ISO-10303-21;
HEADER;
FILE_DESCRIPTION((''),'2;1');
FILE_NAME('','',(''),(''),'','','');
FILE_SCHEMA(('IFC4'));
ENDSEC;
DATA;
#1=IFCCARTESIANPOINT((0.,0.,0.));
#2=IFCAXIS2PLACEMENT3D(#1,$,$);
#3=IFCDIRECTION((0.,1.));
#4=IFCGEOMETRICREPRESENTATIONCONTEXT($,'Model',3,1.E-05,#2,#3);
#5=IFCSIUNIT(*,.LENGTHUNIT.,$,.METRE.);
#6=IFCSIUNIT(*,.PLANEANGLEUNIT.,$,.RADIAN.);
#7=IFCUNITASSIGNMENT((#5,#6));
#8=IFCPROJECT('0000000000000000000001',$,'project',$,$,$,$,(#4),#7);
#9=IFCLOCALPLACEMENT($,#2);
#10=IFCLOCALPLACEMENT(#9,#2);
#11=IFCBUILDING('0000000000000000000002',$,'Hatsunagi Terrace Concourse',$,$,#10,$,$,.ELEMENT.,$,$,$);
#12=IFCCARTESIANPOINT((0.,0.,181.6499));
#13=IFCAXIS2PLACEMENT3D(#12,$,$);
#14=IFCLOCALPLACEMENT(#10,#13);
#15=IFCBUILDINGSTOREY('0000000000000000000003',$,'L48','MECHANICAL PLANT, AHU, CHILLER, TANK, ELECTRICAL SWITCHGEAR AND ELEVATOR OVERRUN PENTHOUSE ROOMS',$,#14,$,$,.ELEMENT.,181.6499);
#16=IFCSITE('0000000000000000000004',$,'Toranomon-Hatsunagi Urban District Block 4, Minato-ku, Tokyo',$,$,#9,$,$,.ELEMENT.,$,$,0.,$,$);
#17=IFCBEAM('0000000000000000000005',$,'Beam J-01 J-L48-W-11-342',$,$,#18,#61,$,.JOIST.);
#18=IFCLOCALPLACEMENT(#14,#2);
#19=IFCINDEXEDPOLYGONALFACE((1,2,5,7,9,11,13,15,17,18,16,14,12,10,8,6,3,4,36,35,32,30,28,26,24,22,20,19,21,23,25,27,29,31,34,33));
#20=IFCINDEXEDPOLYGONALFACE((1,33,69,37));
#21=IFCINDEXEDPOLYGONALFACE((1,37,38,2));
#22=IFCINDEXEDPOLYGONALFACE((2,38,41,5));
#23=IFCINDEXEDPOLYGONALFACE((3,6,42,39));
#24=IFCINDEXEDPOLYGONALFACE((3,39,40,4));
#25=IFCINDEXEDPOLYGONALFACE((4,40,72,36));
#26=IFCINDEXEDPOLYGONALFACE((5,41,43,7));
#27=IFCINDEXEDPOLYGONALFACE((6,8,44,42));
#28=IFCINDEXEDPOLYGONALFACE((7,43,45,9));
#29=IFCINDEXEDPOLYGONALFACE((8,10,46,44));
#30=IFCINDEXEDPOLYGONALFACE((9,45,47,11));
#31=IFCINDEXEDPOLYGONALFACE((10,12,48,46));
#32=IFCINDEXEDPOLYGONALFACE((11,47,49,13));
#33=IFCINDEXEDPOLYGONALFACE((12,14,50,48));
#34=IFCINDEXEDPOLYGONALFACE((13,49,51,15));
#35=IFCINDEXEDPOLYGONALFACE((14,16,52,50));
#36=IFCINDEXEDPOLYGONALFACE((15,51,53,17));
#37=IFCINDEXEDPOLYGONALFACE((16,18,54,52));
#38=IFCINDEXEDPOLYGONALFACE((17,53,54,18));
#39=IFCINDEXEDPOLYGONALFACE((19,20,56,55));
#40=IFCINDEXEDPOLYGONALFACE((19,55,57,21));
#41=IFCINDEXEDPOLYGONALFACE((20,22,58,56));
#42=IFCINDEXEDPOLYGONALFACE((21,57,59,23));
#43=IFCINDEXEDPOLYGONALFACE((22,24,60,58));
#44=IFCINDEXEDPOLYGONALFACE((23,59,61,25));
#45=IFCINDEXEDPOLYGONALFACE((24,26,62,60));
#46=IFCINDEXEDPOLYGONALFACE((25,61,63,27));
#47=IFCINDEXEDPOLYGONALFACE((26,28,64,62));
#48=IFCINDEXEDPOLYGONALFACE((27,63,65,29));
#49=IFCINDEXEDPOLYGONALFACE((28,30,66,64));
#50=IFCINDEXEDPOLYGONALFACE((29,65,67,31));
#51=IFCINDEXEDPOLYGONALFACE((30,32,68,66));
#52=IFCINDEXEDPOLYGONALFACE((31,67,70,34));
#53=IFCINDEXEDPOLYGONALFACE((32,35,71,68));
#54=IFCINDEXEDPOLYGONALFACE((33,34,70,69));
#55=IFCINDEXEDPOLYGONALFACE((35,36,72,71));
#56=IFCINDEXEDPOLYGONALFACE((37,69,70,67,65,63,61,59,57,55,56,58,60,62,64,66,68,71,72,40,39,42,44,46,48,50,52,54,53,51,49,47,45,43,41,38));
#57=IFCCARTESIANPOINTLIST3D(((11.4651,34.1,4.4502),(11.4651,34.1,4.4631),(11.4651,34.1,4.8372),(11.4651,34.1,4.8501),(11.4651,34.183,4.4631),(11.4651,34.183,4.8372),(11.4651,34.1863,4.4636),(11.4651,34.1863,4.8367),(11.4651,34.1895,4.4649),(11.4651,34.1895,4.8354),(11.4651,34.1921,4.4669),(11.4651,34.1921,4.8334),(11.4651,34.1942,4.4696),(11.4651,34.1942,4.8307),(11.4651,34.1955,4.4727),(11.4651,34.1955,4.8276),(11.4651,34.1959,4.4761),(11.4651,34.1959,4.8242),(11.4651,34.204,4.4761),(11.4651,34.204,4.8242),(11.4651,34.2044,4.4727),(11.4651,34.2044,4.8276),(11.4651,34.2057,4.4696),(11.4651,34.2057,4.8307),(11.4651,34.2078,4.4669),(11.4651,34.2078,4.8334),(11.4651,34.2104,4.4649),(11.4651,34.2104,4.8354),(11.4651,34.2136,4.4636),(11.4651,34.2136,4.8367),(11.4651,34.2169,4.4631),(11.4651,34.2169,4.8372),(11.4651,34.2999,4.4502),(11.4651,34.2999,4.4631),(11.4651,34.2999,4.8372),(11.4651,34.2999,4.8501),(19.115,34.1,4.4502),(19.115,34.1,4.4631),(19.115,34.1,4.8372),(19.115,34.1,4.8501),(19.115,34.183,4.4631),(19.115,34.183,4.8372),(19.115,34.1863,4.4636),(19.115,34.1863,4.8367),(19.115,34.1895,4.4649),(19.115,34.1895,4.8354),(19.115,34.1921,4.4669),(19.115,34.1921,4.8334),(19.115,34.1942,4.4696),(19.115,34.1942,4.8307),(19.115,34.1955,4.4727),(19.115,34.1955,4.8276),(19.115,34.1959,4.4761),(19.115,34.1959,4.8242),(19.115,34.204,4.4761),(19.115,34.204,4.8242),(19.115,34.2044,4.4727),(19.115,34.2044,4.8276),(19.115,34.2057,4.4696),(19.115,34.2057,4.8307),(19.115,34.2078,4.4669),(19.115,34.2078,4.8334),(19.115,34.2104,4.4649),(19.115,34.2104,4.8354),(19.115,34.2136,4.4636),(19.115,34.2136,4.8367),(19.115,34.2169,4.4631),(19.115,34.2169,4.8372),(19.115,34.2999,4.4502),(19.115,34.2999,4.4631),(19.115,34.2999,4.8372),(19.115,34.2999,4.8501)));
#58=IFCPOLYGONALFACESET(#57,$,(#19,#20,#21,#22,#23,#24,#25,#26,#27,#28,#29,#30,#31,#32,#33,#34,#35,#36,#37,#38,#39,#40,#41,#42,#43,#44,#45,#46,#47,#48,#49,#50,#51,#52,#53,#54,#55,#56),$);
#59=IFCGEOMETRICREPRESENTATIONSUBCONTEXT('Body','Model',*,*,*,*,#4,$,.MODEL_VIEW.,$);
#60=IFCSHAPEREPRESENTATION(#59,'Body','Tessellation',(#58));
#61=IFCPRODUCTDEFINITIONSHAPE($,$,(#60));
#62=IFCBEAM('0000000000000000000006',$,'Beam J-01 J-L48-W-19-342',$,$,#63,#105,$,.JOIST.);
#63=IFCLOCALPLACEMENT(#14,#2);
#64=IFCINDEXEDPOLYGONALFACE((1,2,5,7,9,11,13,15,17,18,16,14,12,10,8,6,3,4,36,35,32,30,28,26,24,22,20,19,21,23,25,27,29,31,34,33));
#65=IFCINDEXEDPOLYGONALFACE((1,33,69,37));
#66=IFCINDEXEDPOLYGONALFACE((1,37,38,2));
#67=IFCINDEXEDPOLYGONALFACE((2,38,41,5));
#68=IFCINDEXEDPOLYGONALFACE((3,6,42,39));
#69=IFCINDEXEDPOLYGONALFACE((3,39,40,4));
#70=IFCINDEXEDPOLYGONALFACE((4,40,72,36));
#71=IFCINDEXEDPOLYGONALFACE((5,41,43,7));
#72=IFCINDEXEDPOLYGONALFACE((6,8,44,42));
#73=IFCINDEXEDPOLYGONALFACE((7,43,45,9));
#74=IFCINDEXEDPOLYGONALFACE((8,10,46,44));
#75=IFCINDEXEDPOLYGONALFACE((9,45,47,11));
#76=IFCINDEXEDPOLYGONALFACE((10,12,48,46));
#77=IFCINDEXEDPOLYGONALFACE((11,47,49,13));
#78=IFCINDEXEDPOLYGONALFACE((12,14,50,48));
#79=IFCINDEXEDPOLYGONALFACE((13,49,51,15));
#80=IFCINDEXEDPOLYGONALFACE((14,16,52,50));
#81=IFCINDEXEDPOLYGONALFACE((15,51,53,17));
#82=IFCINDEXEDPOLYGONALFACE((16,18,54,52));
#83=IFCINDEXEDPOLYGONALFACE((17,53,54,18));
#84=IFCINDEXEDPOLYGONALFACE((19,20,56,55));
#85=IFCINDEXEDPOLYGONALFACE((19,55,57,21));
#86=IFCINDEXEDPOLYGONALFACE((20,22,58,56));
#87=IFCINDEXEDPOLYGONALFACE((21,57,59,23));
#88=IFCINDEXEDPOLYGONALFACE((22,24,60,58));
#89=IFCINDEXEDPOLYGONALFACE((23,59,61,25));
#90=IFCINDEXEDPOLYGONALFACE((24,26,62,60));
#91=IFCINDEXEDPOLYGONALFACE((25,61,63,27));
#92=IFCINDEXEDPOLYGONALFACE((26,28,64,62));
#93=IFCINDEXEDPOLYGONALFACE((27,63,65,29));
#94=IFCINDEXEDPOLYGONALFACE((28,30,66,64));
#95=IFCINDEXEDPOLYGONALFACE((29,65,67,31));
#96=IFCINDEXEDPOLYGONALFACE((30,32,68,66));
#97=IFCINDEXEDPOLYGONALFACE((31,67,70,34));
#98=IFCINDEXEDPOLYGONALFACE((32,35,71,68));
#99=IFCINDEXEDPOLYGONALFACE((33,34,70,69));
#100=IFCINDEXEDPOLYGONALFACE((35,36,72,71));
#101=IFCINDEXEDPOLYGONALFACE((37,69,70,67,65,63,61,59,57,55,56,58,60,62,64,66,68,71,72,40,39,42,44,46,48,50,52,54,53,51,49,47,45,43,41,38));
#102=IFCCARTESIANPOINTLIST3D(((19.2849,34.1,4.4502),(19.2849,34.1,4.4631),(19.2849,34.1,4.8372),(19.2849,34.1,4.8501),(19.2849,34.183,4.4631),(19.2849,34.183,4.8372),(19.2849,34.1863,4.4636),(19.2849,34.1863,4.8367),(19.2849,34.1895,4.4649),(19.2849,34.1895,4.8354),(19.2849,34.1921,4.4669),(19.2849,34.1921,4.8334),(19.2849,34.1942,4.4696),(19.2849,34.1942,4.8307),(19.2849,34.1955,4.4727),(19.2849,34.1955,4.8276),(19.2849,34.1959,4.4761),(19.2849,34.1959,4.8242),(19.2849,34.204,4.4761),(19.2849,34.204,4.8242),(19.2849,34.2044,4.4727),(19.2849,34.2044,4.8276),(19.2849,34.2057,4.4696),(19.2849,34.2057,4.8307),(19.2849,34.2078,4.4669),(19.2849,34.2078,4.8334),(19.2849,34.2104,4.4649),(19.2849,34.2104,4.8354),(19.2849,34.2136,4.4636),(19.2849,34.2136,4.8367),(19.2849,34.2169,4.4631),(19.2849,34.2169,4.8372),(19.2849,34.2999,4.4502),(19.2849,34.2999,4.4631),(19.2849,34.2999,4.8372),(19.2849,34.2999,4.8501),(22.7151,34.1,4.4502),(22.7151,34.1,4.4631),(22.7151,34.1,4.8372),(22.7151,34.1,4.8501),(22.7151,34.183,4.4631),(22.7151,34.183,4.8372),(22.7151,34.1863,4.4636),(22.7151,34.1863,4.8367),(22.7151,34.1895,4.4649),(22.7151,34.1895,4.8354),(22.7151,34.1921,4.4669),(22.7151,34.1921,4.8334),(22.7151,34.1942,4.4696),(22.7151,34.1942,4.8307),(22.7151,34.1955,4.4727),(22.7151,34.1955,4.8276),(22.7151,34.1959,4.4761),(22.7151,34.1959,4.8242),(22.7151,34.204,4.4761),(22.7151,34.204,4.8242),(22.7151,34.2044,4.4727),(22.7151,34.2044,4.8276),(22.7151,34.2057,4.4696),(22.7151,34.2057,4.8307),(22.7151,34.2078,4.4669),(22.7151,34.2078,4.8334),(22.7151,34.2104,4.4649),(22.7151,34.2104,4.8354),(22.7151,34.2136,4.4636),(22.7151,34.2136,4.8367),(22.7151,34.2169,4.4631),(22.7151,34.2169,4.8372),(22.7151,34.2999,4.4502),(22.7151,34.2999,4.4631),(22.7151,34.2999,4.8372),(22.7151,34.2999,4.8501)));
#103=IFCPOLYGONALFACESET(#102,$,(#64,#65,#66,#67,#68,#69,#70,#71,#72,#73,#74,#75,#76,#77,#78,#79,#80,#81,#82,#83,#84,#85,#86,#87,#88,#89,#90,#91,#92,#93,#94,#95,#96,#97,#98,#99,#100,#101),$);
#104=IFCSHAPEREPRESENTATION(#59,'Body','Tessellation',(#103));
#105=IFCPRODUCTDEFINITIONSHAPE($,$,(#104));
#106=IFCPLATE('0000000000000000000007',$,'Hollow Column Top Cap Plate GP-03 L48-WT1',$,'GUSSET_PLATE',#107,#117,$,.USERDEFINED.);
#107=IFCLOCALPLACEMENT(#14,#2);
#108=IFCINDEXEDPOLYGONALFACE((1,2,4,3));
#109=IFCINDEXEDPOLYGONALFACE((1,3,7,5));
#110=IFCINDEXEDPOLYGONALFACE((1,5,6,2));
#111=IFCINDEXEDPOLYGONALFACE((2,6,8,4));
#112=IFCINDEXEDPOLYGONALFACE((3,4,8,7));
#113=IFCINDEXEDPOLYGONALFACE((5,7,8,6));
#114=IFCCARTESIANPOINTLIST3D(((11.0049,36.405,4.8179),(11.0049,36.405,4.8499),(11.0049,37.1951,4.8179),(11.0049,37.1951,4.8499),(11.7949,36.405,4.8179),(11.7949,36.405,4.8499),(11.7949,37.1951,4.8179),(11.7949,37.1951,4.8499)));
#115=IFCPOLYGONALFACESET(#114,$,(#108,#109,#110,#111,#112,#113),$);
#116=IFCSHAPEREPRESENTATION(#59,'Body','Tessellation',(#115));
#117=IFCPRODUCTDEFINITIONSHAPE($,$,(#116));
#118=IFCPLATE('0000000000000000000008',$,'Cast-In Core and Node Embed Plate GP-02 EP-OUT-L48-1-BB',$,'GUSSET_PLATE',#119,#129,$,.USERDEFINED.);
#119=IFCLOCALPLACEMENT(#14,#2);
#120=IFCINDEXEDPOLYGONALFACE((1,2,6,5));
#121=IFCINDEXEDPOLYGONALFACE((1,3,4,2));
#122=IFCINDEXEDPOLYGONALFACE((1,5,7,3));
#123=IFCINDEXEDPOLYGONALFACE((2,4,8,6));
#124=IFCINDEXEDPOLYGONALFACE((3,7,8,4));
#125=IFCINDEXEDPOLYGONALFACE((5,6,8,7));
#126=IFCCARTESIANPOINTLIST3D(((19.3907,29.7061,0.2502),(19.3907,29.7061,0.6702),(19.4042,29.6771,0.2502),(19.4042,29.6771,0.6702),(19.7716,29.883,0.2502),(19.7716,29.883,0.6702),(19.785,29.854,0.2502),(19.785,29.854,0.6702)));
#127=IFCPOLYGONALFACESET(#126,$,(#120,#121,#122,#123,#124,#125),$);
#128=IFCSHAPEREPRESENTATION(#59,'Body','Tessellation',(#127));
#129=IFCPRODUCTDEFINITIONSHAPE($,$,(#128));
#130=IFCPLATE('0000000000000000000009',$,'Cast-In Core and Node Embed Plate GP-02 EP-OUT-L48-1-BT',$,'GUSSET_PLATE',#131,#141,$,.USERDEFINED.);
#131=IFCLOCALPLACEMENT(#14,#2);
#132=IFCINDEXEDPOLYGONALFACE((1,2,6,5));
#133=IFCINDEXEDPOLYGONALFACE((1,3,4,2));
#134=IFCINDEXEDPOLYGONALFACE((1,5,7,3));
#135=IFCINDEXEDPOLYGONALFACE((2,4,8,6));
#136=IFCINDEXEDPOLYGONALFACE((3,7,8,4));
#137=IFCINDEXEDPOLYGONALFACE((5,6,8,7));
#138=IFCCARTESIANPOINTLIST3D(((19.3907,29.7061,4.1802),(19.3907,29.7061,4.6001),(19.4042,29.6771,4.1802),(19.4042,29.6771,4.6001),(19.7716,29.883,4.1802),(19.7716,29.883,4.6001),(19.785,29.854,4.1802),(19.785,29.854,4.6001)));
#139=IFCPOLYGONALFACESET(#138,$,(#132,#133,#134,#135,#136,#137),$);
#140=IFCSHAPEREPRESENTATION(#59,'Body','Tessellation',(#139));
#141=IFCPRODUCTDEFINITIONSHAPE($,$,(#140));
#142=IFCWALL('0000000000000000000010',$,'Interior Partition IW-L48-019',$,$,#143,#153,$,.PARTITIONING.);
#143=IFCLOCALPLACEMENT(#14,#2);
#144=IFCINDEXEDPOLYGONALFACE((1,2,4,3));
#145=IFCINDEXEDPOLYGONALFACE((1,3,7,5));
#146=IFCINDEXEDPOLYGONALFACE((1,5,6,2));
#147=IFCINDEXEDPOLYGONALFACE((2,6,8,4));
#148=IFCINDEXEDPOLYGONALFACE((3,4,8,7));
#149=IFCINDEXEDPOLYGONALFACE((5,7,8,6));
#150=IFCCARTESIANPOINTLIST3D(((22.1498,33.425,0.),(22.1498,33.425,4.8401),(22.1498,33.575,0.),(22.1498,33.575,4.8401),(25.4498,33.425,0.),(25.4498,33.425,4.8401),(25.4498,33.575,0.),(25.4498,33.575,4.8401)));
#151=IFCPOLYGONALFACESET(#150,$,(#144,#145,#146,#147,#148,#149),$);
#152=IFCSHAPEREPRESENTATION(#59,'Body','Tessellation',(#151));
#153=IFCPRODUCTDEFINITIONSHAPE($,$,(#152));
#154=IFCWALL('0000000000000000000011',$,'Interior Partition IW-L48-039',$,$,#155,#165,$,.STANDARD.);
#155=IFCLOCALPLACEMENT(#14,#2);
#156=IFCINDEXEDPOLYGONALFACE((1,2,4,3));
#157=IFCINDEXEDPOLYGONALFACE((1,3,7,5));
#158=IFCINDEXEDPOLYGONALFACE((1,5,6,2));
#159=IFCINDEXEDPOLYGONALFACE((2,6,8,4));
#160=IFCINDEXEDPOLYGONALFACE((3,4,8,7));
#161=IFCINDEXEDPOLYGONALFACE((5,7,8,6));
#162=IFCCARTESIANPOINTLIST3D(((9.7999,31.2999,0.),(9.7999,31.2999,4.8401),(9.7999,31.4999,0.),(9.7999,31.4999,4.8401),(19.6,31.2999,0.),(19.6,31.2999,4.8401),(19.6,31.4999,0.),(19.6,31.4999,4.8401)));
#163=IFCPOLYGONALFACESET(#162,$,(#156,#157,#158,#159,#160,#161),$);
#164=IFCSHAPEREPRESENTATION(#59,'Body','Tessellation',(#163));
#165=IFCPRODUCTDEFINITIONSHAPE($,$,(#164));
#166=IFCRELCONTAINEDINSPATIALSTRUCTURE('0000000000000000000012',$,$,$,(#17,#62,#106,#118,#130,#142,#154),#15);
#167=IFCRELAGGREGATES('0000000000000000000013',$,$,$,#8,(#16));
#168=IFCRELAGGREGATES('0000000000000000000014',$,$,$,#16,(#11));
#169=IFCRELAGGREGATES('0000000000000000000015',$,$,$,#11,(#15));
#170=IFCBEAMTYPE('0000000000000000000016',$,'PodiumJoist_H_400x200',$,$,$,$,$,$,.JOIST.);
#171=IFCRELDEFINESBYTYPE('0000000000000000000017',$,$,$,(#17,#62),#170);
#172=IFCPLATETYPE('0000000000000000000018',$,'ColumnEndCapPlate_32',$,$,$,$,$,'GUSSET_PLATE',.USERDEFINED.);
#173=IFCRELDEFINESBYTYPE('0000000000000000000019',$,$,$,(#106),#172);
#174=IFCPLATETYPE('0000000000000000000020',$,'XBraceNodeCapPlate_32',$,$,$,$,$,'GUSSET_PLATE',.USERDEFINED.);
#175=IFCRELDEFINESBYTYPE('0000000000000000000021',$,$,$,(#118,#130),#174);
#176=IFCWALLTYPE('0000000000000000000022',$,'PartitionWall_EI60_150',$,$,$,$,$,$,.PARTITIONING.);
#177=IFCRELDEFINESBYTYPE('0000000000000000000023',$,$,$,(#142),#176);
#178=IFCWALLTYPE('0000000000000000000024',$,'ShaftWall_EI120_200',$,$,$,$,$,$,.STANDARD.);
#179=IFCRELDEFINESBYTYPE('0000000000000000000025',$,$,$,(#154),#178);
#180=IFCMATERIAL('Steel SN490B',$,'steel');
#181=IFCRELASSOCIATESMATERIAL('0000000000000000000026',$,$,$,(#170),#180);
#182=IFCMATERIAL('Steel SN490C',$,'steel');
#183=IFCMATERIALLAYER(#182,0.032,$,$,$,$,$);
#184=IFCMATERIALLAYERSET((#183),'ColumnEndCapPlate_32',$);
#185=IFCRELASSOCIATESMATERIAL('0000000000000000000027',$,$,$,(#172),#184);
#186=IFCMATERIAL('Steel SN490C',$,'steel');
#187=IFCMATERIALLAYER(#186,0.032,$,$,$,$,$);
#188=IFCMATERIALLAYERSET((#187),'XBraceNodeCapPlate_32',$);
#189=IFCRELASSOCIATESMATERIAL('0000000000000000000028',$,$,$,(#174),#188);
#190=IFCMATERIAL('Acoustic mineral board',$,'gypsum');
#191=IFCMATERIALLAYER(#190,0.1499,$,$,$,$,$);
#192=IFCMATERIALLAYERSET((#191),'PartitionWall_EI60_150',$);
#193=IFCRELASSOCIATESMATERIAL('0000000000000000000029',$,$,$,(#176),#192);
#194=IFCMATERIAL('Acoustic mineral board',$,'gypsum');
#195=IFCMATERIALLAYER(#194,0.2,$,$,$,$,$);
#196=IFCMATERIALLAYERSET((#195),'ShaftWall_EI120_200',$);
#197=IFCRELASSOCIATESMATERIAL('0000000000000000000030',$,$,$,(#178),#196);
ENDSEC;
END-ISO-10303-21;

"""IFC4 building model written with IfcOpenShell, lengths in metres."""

from ifc_helpers import new_model, si_unit, direction, frame, frame_2d, origin, origin_2d, place, context, subcontext, project, spatial, rectangle, i_section, extrude, material, layer, layer_set, material_profile, profile_set, type_object, element, save


model = new_model("IFC4")

# Units and contexts
model_context = context("Model", 3, precision=1e-05, world=origin(), true_north=direction((0.0, 1.0)))
body_context = subcontext(model_context, "Body", "Model", "MODEL_VIEW")
ifc_project = project(units=[si_unit("LENGTHUNIT", "METRE"), si_unit("PLANEANGLEUNIT", "RADIAN")], contexts=[model_context])

# Site, building, storey
site_placement = place(None, origin())
site = spatial("IfcSite", under=ifc_project, at=site_placement, Name="Toranomon-Hatsunagi Urban District Block 4, Minato-ku, Tokyo", CompositionType="ELEMENT", RefElevation=0.0)
building_placement = place(site_placement, origin())
building = spatial("IfcBuilding", under=site, at=building_placement, Name="Hatsunagi Terrace Concourse", CompositionType="ELEMENT")
storey_placement = place(building_placement, frame((0.0, 0.0, 181.6499)))
storey = spatial("IfcBuildingStorey", under=building, at=storey_placement, Name="L48", Description="MECHANICAL PLANT, AHU, CHILLER, TANK, ELECTRICAL SWITCHGEAR AND ELEVATOR OVERRUN PENTHOUSE ROOMS", CompositionType="ELEMENT", Elevation=181.6499)

# Beams
ifc_material_1 = material(Name="Steel SN490B", Category="steel")
ifc_material_profile_1 = material_profile(ifc_material_1, i_section(OverallWidth=0.2, OverallDepth=0.3999, WebThickness=0.0081, FlangeThickness=0.0129, FilletRadius=0.0129, at=origin_2d()), Name="H-400x200x8x13")
ifc_profile_set_1 = profile_set([ifc_material_profile_1], Name="Steel SN490B")
beam_type_1 = type_object("IfcBeamType", Name="PodiumJoist_H_400x200", PredefinedType="JOIST", material=ifc_profile_set_1)
beam_1_placement = place(storey_placement, frame((11.4651, 34.2, 4.6501), z_axis=(1.0, 0.0, 0.0), x_axis=(0.0, 1.0, 0.0)))
element("IfcBeam", 1, at=beam_1_placement, inside=storey, type_object=beam_type_1, Name="Beam J-01 J-L48-W-11-342", PredefinedType="JOIST", context=body_context, shape_type="SweptSolid", body=[
    extrude(i_section(OverallWidth=0.2, OverallDepth=0.3999, WebThickness=0.0081, FlangeThickness=0.0129, FilletRadius=0.0129, at=origin_2d()), origin(), (0.0, 0.0, 1.0), 7.6499),
])
beam_2_placement = place(storey_placement, frame((19.2849, 34.2, 4.6501), z_axis=(1.0, 0.0, 0.0), x_axis=(0.0, 1.0, 0.0)))
element("IfcBeam", 2, at=beam_2_placement, inside=storey, type_object=beam_type_1, Name="Beam J-01 J-L48-W-19-342", PredefinedType="JOIST", context=body_context, shape_type="SweptSolid", body=[
    extrude(i_section(OverallWidth=0.2, OverallDepth=0.3999, WebThickness=0.0081, FlangeThickness=0.0129, FilletRadius=0.0129, at=origin_2d()), origin(), (0.0, 0.0, 1.0), 3.4302),
])

# Plates
ifc_material_2 = material(Name="Steel SN490C", Category="steel")
ifc_layer_1 = layer(ifc_material_2, 0.032)
ifc_layer_set_1 = layer_set([ifc_layer_1], Name="ColumnEndCapPlate_32")
plate_type_1 = type_object("IfcPlateType", Name="ColumnEndCapPlate_32", ElementType="GUSSET_PLATE", PredefinedType="USERDEFINED", material=ifc_layer_set_1)
plate_placement = place(storey_placement, frame((11.3999, 36.8, 4.8179), z_axis=(0.0, 0.0, 1.0), x_axis=(1.0, 0.0, 0.0)))
element("IfcPlate", 3, at=plate_placement, inside=storey, type_object=plate_type_1, Name="Hollow Column Top Cap Plate GP-03 L48-WT1", ObjectType="GUSSET_PLATE", PredefinedType="USERDEFINED", context=body_context, shape_type="SweptSolid", body=[
    extrude(rectangle(XDim=0.79, YDim=0.79, at=origin_2d()), origin(), (0.0, 0.0, 1.0), 0.032),
])
ifc_material_3 = material(Name="Steel SN490C", Category="steel")
ifc_layer_2 = layer(ifc_material_3, 0.032)
ifc_layer_set_2 = layer_set([ifc_layer_2], Name="XBraceNodeCapPlate_32")
plate_type_2 = type_object("IfcPlateType", Name="XBraceNodeCapPlate_32", ElementType="GUSSET_PLATE", PredefinedType="USERDEFINED", material=ifc_layer_set_2)
for number, where, z_axis, x_axis, name in (
    (4, (19.5879, 29.78, 0.2502), (0.0, 0.0, 1.0), (-0.906912, -0.421321, 0.0), "Cast-In Core and Node Embed Plate GP-02 EP-OUT-L48-1-BB"),
    (5, (19.5879, 29.78, 4.1802), (0.0, 0.0, 1.0), (-0.906912, -0.421321, 0.0), "Cast-In Core and Node Embed Plate GP-02 EP-OUT-L48-1-BT"),
):
    element("IfcPlate", number, at=place(storey_placement, frame(where, z_axis=z_axis, x_axis=x_axis)), inside=storey, type_object=plate_type_2, Name=name, ObjectType="GUSSET_PLATE", PredefinedType="USERDEFINED", context=body_context, shape_type="SweptSolid", body=[
        extrude(rectangle(XDim=0.4199, YDim=0.032, at=origin_2d()), origin(), (0.0, 0.0, 1.0), 0.4199),
    ])

# Walls
ifc_material_4 = material(Name="Acoustic mineral board", Category="gypsum")
ifc_layer_3 = layer(ifc_material_4, 0.1499)
ifc_layer_set_3 = layer_set([ifc_layer_3], Name="PartitionWall_EI60_150")
wall_type_1 = type_object("IfcWallType", Name="PartitionWall_EI60_150", PredefinedType="PARTITIONING", material=ifc_layer_set_3)
wall_1_placement = place(storey_placement, frame((22.1499, 33.5, 0.0), z_axis=(0.0, 0.0, 1.0), x_axis=(1.0, 0.0, 0.0)))
element("IfcWall", 6, at=wall_1_placement, inside=storey, type_object=wall_type_1, Name="Interior Partition IW-L48-019", PredefinedType="PARTITIONING", context=body_context, shape_type="SweptSolid", body=[
    extrude(rectangle(XDim=3.3, YDim=0.1499, at=frame_2d((1.6499, 0.0))), origin(), (0.0, 0.0, 1.0), 4.8401),
])
ifc_material_5 = material(Name="Acoustic mineral board", Category="gypsum")
ifc_layer_4 = layer(ifc_material_5, 0.2)
ifc_layer_set_4 = layer_set([ifc_layer_4], Name="ShaftWall_EI120_200")
wall_type_2 = type_object("IfcWallType", Name="ShaftWall_EI120_200", PredefinedType="STANDARD", material=ifc_layer_set_4)
wall_2_placement = place(storey_placement, frame((9.8, 31.3999, 0.0), z_axis=(0.0, 0.0, 1.0), x_axis=(1.0, 0.0, 0.0)))
element("IfcWall", 7, at=wall_2_placement, inside=storey, type_object=wall_type_2, Name="Interior Partition IW-L48-039", PredefinedType="STANDARD", context=body_context, shape_type="SweptSolid", body=[
    extrude(rectangle(XDim=9.8, YDim=0.2, at=frame_2d((4.8999, 0.0))), origin(), (0.0, 0.0, 1.0), 4.8401),
])

save(model, "model.ifc")
